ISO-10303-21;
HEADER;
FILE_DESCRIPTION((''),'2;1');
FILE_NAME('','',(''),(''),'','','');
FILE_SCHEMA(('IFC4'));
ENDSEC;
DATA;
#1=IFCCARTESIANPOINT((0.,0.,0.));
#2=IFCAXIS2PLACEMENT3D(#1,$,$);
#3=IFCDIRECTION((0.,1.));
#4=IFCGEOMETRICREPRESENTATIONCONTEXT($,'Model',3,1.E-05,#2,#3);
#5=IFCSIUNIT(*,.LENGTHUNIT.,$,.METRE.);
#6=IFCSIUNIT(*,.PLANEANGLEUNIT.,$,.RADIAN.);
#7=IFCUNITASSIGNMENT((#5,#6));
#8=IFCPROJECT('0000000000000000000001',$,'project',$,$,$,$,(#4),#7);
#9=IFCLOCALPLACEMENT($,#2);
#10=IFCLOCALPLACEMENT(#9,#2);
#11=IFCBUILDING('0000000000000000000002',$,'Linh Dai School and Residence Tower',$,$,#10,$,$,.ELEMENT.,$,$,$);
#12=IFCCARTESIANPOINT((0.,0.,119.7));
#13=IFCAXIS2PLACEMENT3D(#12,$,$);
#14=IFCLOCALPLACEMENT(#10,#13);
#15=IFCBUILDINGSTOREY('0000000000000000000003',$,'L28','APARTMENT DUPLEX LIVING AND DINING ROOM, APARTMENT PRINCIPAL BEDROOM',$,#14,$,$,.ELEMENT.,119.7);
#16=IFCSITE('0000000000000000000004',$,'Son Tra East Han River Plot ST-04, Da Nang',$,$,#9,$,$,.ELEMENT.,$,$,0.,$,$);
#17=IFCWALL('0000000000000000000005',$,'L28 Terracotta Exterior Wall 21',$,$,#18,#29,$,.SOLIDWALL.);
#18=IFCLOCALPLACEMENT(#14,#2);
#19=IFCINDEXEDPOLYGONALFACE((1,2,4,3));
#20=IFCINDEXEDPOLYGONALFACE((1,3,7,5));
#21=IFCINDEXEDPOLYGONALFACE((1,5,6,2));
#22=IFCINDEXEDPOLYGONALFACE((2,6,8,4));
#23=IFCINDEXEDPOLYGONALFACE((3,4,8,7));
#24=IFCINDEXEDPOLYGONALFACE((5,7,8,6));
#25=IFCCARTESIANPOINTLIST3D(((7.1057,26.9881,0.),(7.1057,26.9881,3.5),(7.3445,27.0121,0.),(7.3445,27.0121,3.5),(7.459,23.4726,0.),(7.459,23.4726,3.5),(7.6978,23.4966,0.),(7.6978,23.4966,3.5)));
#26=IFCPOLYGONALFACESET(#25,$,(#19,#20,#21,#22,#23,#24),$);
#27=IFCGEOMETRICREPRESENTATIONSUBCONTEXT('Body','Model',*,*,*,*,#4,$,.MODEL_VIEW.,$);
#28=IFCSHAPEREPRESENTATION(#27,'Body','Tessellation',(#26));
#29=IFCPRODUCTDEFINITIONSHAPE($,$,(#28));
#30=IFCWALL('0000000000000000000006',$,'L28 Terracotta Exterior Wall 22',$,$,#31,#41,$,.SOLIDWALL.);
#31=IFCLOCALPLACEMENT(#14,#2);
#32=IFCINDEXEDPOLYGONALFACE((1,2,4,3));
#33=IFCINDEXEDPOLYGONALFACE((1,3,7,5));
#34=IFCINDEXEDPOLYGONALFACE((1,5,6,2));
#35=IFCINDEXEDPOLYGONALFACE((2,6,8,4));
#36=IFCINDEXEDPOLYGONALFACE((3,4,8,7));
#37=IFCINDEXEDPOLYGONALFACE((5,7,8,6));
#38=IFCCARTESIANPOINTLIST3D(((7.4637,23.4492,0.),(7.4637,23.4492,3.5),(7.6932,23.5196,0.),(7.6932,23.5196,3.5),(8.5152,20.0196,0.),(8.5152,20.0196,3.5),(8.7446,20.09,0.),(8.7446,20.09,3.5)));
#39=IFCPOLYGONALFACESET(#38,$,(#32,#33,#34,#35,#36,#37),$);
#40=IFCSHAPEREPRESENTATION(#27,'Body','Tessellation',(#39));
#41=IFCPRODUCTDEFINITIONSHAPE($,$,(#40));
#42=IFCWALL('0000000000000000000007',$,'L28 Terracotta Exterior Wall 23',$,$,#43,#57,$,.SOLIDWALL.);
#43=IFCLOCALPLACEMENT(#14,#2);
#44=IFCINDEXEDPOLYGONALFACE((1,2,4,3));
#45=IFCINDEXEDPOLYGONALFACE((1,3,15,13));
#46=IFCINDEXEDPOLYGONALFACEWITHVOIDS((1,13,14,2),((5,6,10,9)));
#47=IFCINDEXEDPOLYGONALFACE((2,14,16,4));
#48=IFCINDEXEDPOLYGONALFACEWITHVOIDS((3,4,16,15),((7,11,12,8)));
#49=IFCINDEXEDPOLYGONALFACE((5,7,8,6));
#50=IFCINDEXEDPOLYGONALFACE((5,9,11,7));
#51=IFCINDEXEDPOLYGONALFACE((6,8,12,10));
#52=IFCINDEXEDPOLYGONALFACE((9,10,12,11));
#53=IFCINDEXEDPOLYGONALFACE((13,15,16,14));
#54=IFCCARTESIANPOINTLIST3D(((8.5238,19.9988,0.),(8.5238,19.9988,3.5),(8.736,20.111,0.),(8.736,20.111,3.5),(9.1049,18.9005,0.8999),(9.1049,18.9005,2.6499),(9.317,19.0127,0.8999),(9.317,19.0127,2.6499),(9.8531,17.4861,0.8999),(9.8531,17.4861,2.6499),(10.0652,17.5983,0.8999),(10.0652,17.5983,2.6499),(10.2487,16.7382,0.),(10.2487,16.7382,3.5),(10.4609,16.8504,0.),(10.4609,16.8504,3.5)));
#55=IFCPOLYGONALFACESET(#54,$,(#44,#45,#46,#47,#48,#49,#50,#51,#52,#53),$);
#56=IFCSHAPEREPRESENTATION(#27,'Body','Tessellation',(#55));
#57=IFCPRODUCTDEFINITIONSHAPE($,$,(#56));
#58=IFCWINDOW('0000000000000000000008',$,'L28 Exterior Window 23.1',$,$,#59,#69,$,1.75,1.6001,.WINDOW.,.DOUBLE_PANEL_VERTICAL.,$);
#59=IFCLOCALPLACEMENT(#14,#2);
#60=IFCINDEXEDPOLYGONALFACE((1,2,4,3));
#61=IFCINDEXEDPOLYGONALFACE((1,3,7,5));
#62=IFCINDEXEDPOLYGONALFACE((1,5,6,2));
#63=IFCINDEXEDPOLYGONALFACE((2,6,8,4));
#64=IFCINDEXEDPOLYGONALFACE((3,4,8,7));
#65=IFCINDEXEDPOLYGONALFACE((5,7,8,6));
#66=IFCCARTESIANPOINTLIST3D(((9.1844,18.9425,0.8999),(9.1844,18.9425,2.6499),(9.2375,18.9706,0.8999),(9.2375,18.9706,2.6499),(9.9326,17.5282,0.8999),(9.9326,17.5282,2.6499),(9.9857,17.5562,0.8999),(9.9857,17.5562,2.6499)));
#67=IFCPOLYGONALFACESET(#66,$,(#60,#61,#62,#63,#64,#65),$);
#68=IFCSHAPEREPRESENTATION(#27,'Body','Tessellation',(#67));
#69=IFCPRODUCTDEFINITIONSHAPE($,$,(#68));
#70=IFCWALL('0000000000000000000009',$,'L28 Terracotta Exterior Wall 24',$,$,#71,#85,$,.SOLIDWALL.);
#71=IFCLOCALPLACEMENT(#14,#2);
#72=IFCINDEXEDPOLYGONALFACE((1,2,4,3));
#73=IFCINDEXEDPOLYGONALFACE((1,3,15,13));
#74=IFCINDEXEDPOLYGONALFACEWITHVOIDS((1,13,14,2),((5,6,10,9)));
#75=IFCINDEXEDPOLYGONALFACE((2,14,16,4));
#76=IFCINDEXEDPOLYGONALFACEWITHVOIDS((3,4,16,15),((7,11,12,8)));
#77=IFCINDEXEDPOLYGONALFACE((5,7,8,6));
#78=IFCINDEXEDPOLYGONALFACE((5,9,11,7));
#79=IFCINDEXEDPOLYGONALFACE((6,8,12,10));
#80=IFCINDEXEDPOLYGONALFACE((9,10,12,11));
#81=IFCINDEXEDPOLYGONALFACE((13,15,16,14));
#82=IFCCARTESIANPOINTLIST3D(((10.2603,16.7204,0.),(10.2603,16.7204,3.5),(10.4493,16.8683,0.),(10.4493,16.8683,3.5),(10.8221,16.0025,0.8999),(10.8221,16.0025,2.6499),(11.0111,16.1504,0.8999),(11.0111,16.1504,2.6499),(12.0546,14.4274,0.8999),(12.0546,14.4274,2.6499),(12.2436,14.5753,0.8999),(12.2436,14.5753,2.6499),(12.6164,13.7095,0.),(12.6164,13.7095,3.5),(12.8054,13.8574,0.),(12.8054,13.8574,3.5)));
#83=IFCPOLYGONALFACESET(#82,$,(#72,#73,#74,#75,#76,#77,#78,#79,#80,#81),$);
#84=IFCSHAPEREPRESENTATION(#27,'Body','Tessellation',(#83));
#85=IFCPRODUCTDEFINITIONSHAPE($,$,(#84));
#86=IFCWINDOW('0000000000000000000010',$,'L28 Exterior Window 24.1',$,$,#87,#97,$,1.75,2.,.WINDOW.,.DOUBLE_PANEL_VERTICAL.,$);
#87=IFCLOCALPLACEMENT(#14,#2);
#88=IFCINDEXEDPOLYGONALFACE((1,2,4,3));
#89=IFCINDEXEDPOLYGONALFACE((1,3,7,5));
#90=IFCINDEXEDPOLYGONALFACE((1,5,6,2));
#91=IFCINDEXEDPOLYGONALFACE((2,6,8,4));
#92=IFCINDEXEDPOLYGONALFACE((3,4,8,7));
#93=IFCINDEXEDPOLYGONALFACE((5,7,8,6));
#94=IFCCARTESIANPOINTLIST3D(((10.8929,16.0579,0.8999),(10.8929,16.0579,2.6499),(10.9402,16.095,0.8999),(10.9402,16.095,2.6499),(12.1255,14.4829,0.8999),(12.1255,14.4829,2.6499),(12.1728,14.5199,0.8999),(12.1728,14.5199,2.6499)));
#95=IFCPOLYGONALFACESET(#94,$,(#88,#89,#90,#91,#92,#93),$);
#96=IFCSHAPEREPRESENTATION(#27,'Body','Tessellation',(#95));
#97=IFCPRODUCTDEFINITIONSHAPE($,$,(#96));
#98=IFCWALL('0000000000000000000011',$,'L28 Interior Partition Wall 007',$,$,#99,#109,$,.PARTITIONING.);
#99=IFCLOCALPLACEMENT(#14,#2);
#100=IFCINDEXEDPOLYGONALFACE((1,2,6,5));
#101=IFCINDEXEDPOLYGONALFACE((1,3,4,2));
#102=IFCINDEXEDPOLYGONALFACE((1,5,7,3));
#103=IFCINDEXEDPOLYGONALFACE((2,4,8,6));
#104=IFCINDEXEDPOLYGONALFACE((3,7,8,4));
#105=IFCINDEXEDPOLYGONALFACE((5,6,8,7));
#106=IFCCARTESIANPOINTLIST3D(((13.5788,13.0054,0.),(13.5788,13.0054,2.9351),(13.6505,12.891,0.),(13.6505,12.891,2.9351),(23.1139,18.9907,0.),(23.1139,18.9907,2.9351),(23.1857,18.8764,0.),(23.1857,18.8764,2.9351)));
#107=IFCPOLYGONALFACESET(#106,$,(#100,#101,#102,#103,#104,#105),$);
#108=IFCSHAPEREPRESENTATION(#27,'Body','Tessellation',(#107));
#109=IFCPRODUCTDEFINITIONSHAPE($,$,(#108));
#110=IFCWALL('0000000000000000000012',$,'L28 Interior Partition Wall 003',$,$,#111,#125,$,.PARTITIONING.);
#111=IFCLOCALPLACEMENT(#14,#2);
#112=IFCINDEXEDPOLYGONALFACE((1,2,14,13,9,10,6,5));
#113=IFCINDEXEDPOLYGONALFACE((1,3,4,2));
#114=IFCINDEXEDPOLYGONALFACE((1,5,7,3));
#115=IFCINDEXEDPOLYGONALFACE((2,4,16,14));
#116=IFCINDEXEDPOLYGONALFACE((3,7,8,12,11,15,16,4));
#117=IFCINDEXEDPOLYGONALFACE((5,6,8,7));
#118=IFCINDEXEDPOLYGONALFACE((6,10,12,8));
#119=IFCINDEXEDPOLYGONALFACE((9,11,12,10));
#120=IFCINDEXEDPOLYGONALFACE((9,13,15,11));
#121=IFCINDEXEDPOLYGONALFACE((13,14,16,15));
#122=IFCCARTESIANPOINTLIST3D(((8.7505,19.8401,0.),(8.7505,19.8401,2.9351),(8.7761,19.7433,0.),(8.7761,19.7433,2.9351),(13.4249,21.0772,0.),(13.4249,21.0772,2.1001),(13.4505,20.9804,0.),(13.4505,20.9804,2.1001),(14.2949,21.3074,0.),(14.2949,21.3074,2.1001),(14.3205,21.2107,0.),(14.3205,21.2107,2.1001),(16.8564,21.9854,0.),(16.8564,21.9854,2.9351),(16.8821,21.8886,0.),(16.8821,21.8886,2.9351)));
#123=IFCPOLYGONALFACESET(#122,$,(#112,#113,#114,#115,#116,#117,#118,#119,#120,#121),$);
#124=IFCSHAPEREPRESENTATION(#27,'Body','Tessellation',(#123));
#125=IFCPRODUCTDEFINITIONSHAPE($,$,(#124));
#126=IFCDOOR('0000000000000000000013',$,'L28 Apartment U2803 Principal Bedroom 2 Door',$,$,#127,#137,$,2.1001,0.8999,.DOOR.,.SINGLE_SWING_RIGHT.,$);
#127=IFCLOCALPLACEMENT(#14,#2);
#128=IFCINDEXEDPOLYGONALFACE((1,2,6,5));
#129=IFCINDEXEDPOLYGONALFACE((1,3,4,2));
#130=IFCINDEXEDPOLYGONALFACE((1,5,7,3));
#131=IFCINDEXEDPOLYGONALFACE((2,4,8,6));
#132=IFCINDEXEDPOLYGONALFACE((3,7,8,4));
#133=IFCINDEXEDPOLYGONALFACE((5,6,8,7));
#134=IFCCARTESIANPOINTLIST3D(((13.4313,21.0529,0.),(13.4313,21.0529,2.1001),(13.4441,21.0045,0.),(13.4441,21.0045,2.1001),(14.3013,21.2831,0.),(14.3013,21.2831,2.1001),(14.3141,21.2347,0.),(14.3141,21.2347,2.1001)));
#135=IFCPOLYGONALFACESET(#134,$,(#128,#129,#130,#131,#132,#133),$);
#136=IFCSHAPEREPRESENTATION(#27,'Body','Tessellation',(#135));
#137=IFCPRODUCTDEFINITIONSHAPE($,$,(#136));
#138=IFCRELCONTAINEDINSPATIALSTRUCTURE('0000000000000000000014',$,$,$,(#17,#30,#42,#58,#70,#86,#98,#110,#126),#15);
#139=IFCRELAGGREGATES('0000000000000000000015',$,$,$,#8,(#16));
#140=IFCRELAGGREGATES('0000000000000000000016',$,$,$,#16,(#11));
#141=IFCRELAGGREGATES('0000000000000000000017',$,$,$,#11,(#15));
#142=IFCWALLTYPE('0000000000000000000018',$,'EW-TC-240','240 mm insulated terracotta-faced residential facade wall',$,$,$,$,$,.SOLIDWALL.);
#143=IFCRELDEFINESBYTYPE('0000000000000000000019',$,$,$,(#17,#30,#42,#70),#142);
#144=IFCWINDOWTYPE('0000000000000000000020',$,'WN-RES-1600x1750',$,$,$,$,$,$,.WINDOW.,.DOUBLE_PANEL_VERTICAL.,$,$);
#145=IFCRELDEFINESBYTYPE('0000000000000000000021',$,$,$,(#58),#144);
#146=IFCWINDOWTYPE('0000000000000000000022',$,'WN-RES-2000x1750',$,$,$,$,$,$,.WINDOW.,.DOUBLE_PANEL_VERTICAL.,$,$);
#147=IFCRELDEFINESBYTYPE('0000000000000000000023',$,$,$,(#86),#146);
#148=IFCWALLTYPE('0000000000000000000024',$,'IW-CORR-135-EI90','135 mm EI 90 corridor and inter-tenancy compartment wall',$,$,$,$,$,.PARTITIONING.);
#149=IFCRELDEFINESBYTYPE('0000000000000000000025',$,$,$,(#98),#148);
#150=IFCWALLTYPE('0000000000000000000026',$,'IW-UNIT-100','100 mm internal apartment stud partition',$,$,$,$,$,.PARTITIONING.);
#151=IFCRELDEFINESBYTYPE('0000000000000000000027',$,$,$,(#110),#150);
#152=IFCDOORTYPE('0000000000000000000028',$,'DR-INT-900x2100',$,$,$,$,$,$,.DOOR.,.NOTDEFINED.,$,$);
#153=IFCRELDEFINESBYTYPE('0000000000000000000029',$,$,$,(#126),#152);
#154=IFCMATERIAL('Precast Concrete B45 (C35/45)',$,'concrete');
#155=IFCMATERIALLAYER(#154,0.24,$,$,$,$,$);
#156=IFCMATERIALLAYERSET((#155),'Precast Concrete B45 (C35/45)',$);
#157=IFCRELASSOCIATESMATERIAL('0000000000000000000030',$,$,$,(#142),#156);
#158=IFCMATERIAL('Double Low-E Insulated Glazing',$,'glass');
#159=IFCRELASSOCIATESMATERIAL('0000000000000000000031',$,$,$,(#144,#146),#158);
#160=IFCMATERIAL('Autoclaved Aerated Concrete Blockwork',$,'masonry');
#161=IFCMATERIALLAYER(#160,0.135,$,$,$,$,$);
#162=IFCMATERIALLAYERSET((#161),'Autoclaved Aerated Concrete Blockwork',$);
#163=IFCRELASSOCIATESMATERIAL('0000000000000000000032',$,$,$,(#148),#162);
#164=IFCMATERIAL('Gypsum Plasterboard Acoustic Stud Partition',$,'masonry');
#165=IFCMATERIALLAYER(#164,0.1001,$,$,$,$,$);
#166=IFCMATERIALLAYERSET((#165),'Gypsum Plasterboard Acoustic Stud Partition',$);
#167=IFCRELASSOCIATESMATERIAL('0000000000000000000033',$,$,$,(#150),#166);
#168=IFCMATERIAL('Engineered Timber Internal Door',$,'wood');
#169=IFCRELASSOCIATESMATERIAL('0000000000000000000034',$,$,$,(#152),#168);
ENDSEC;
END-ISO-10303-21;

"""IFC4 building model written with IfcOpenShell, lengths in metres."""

from ifc_helpers import new_model, si_unit, direction, frame, frame_2d, origin, origin_2d, place, context, subcontext, project, spatial, rectangle, extrude, source, transform, mapped, material, layer, layer_set, type_object, element, fill, save


model = new_model("IFC4")

# Units and contexts
model_context = context("Model", 3, precision=1e-05, world=origin(), true_north=direction((0.0, 1.0)))
body_context = subcontext(model_context, "Body", "Model", "MODEL_VIEW")
ifc_project = project(units=[si_unit("LENGTHUNIT", "METRE"), si_unit("PLANEANGLEUNIT", "RADIAN")], contexts=[model_context])

# Site, building, storey
site_placement = place(None, origin())
site = spatial("IfcSite", under=ifc_project, at=site_placement, Name="Son Tra East Han River Plot ST-04, Da Nang", CompositionType="ELEMENT", RefElevation=0.0)
building_placement = place(site_placement, origin())
building = spatial("IfcBuilding", under=site, at=building_placement, Name="Linh Dai School and Residence Tower", CompositionType="ELEMENT")
storey_placement = place(building_placement, frame((0.0, 0.0, 119.7)))
storey = spatial("IfcBuildingStorey", under=building, at=storey_placement, Name="L28", Description="APARTMENT DUPLEX LIVING AND DINING ROOM, APARTMENT PRINCIPAL BEDROOM", CompositionType="ELEMENT", Elevation=119.7)

# Shared definitions
ifc_material_1 = material(Name="Precast Concrete B45 (C35/45)", Category="concrete")

# Walls
ifc_layer_1 = layer(ifc_material_1, 0.24)
ifc_layer_set_1 = layer_set([ifc_layer_1], Name="Precast Concrete B45 (C35/45)")
wall_type_1 = type_object("IfcWallType", Name="EW-TC-240", Description="240 mm insulated terracotta-faced residential facade wall", PredefinedType="SOLIDWALL", material=ifc_layer_set_1)
wall_1_placement = place(storey_placement, frame((7.5784, 23.4846, 0.0), z_axis=(0.0, 0.0, 1.0), x_axis=(-0.099989, 0.994988, 0.0)))
element("IfcWall", 1, at=wall_1_placement, inside=storey, type_object=wall_type_1, Name="L28 Terracotta Exterior Wall 21", PredefinedType="SOLIDWALL", context=body_context, shape_type="SweptSolid", body=[
    extrude(rectangle(XDim=3.5332, YDim=0.24, at=frame_2d((1.7666, 0.0))), origin(), (0.0, 0.0, 1.0), 3.5),
])
wall_2_placement = place(storey_placement, frame((8.6299, 20.0549, 0.0), z_axis=(0.0, 0.0, 1.0), x_axis=(-0.293124, 0.956074, 0.0)))
element("IfcWall", 2, at=wall_2_placement, inside=storey, type_object=wall_type_1, Name="L28 Terracotta Exterior Wall 22", PredefinedType="SOLIDWALL", context=body_context, shape_type="SweptSolid", body=[
    extrude(rectangle(XDim=3.5872, YDim=0.24, at=frame_2d((1.7935, 0.0))), origin(), (0.0, 0.0, 1.0), 3.5),
])

# Walls, openings, windows
wall_3_placement = place(storey_placement, frame((10.3547, 16.7944, 0.0), z_axis=(0.0, 0.0, 1.0), x_axis=(-0.467614, 0.883933, 0.0)))
wall_3 = element("IfcWall", 3, at=wall_3_placement, inside=storey, type_object=wall_type_1, Name="L28 Terracotta Exterior Wall 23", PredefinedType="SOLIDWALL", context=body_context, shape_type="SweptSolid", body=[
    extrude(rectangle(XDim=3.6887, YDim=0.24, at=frame_2d((1.8442, 0.0))), origin(), (0.0, 0.0, 1.0), 3.5),
])
opening_1_placement = place(wall_3_placement, frame((0.8459, 0.0, 0.8999)))
opening_1 = element("IfcOpeningElement", 4, at=opening_1_placement, cuts=wall_3, PredefinedType="OPENING", context=body_context, shape_type="SweptSolid", body=[
    extrude(rectangle(XDim=1.6001, YDim=1.75, at=origin_2d()), frame((0.8, 0.1299, 0.875), z_axis=(0.0, -1.0, 0.0), x_axis=(1.0, 0.0, 0.0)), (0.0, 0.0, 1.0), 0.26),
])
ifc_material_2 = material(Name="Double Low-E Insulated Glazing", Category="glass")
window_type_1 = type_object("IfcWindowType", Name="WN-RES-1600x1750", PartitioningType="DOUBLE_PANEL_VERTICAL", PredefinedType="WINDOW", material=ifc_material_2)
shared_shape_1 = source(origin(), body_context, "Body", "SweptSolid", [
    extrude(rectangle(XDim=1.6001, YDim=1.75, at=origin_2d()), frame((0.8, 0.03, 0.875), z_axis=(0.0, -1.0, 0.0), x_axis=(1.0, 0.0, 0.0)), (0.0, 0.0, 1.0), 0.0601),
])
window_1_placement = place(opening_1_placement, origin())
window_1 = element("IfcWindow", 5, at=window_1_placement, inside=storey, type_object=window_type_1, Name="L28 Exterior Window 23.1", OverallHeight=1.75, OverallWidth=1.6001, PartitioningType="DOUBLE_PANEL_VERTICAL", PredefinedType="WINDOW", context=body_context, shape_type="MappedRepresentation", body=[
    mapped(shared_shape_1, transform((0.0, 0.0, 0.0), x_axis=(1.0, 0.0, 0.0), y_axis=(0.0, 1.0, 0.0), z_axis=(0.0, 0.0, 1.0), scale=1.0)),
])
fill(opening_1, window_1)
wall_4_placement = place(storey_placement, frame((12.7109, 13.7834, 0.0), z_axis=(0.0, 0.0, 1.0), x_axis=(-0.616272, 0.787533, 0.0)))
wall_4 = element("IfcWall", 6, at=wall_4_placement, inside=storey, type_object=wall_type_1, Name="L28 Terracotta Exterior Wall 24", PredefinedType="SOLIDWALL", context=body_context, shape_type="SweptSolid", body=[
    extrude(rectangle(XDim=3.8232, YDim=0.24, at=frame_2d((1.9116, 0.0))), origin(), (0.0, 0.0, 1.0), 3.5),
])
opening_2_placement = place(wall_4_placement, frame((0.9116, 0.0, 0.8999)))
opening_2 = element("IfcOpeningElement", 7, at=opening_2_placement, cuts=wall_4, PredefinedType="OPENING", context=body_context, shape_type="SweptSolid", body=[
    extrude(rectangle(XDim=2.0, YDim=1.75, at=origin_2d()), frame((1.0, 0.1299, 0.875), z_axis=(0.0, -1.0, 0.0), x_axis=(1.0, 0.0, 0.0)), (0.0, 0.0, 1.0), 0.26),
])
window_type_2 = type_object("IfcWindowType", Name="WN-RES-2000x1750", PartitioningType="DOUBLE_PANEL_VERTICAL", PredefinedType="WINDOW", material=ifc_material_2)
shared_shape_2 = source(origin(), body_context, "Body", "SweptSolid", [
    extrude(rectangle(XDim=2.0, YDim=1.75, at=origin_2d()), frame((1.0, 0.03, 0.875), z_axis=(0.0, -1.0, 0.0), x_axis=(1.0, 0.0, 0.0)), (0.0, 0.0, 1.0), 0.0601),
])
window_2_placement = place(opening_2_placement, origin())
window_2 = element("IfcWindow", 8, at=window_2_placement, inside=storey, type_object=window_type_2, Name="L28 Exterior Window 24.1", OverallHeight=1.75, OverallWidth=2.0, PartitioningType="DOUBLE_PANEL_VERTICAL", PredefinedType="WINDOW", context=body_context, shape_type="MappedRepresentation", body=[
    mapped(shared_shape_2, transform((0.0, 0.0, 0.0), x_axis=(1.0, 0.0, 0.0), y_axis=(0.0, 1.0, 0.0), z_axis=(0.0, 0.0, 1.0), scale=1.0)),
])
fill(opening_2, window_2)

# Wall
ifc_material_3 = material(Name="Autoclaved Aerated Concrete Blockwork", Category="masonry")
ifc_layer_2 = layer(ifc_material_3, 0.135)
ifc_layer_set_2 = layer_set([ifc_layer_2], Name="Autoclaved Aerated Concrete Blockwork")
wall_type_2 = type_object("IfcWallType", Name="IW-CORR-135-EI90", Description="135 mm EI 90 corridor and inter-tenancy compartment wall", PredefinedType="PARTITIONING", material=ifc_layer_set_2)
wall_5_placement = place(storey_placement, frame((13.6147, 12.9482, 0.0), z_axis=(0.0, 0.0, 1.0), x_axis=(0.846964, 0.531651, 0.0)))
element("IfcWall", 9, at=wall_5_placement, inside=storey, type_object=wall_type_2, Name="L28 Interior Partition Wall 007", PredefinedType="PARTITIONING", context=body_context, shape_type="SweptSolid", body=[
    extrude(rectangle(XDim=11.2581, YDim=0.135, at=frame_2d((5.6289, 0.0))), origin(), (0.0, 0.0, 1.0), 2.9351),
])

# Wall, opening, door
ifc_material_4 = material(Name="Gypsum Plasterboard Acoustic Stud Partition", Category="masonry")
ifc_layer_3 = layer(ifc_material_4, 0.1001)
ifc_layer_set_3 = layer_set([ifc_layer_3], Name="Gypsum Plasterboard Acoustic Stud Partition")
wall_type_3 = type_object("IfcWallType", Name="IW-UNIT-100", Description="100 mm internal apartment stud partition", PredefinedType="PARTITIONING", material=ifc_layer_set_3)
wall_6_placement = place(storey_placement, frame((8.7634, 19.7917, 0.0), z_axis=(0.0, 0.0, 1.0), x_axis=(0.966718, 0.255845, 0.0)))
wall_6 = element("IfcWall", 10, at=wall_6_placement, inside=storey, type_object=wall_type_3, Name="L28 Interior Partition Wall 003", PredefinedType="PARTITIONING", context=body_context, shape_type="SweptSolid", body=[
    extrude(rectangle(XDim=8.385, YDim=0.1001, at=frame_2d((4.1924, 0.0))), origin(), (0.0, 0.0, 1.0), 2.9351),
])
opening_3_placement = place(wall_6_placement, frame((4.8352, 0.0, 0.0)))
opening_3 = element("IfcOpeningElement", 11, at=opening_3_placement, cuts=wall_6, PredefinedType="OPENING", context=body_context, shape_type="SweptSolid", body=[
    extrude(rectangle(XDim=0.8999, YDim=2.1001, at=origin_2d()), frame((0.45, 0.0601, 1.05), z_axis=(0.0, -1.0, 0.0), x_axis=(1.0, 0.0, 0.0)), (0.0, 0.0, 1.0), 0.1201),
])
ifc_material_5 = material(Name="Engineered Timber Internal Door", Category="wood")
door_type_1 = type_object("IfcDoorType", Name="DR-INT-900x2100", OperationType="NOTDEFINED", PredefinedType="DOOR", material=ifc_material_5)
shared_shape_3 = source(origin(), body_context, "Body", "SweptSolid", [
    extrude(rectangle(XDim=0.8999, YDim=2.1001, at=origin_2d()), frame((0.45, 0.0249, 1.05), z_axis=(0.0, -1.0, 0.0), x_axis=(1.0, 0.0, 0.0)), (0.0, 0.0, 1.0), 0.05),
])
door_1_placement = place(opening_3_placement, origin())
door_1 = element("IfcDoor", 12, at=door_1_placement, inside=storey, type_object=door_type_1, Name="L28 Apartment U2803 Principal Bedroom 2 Door", OperationType="SINGLE_SWING_RIGHT", OverallHeight=2.1001, OverallWidth=0.8999, PredefinedType="DOOR", context=body_context, shape_type="MappedRepresentation", body=[
    mapped(shared_shape_3, transform((0.0, 0.0, 0.0), x_axis=(1.0, 0.0, 0.0), y_axis=(0.0, 1.0, 0.0), z_axis=(0.0, 0.0, 1.0), scale=1.0)),
])
fill(opening_3, door_1)

save(model, "model.ifc")
